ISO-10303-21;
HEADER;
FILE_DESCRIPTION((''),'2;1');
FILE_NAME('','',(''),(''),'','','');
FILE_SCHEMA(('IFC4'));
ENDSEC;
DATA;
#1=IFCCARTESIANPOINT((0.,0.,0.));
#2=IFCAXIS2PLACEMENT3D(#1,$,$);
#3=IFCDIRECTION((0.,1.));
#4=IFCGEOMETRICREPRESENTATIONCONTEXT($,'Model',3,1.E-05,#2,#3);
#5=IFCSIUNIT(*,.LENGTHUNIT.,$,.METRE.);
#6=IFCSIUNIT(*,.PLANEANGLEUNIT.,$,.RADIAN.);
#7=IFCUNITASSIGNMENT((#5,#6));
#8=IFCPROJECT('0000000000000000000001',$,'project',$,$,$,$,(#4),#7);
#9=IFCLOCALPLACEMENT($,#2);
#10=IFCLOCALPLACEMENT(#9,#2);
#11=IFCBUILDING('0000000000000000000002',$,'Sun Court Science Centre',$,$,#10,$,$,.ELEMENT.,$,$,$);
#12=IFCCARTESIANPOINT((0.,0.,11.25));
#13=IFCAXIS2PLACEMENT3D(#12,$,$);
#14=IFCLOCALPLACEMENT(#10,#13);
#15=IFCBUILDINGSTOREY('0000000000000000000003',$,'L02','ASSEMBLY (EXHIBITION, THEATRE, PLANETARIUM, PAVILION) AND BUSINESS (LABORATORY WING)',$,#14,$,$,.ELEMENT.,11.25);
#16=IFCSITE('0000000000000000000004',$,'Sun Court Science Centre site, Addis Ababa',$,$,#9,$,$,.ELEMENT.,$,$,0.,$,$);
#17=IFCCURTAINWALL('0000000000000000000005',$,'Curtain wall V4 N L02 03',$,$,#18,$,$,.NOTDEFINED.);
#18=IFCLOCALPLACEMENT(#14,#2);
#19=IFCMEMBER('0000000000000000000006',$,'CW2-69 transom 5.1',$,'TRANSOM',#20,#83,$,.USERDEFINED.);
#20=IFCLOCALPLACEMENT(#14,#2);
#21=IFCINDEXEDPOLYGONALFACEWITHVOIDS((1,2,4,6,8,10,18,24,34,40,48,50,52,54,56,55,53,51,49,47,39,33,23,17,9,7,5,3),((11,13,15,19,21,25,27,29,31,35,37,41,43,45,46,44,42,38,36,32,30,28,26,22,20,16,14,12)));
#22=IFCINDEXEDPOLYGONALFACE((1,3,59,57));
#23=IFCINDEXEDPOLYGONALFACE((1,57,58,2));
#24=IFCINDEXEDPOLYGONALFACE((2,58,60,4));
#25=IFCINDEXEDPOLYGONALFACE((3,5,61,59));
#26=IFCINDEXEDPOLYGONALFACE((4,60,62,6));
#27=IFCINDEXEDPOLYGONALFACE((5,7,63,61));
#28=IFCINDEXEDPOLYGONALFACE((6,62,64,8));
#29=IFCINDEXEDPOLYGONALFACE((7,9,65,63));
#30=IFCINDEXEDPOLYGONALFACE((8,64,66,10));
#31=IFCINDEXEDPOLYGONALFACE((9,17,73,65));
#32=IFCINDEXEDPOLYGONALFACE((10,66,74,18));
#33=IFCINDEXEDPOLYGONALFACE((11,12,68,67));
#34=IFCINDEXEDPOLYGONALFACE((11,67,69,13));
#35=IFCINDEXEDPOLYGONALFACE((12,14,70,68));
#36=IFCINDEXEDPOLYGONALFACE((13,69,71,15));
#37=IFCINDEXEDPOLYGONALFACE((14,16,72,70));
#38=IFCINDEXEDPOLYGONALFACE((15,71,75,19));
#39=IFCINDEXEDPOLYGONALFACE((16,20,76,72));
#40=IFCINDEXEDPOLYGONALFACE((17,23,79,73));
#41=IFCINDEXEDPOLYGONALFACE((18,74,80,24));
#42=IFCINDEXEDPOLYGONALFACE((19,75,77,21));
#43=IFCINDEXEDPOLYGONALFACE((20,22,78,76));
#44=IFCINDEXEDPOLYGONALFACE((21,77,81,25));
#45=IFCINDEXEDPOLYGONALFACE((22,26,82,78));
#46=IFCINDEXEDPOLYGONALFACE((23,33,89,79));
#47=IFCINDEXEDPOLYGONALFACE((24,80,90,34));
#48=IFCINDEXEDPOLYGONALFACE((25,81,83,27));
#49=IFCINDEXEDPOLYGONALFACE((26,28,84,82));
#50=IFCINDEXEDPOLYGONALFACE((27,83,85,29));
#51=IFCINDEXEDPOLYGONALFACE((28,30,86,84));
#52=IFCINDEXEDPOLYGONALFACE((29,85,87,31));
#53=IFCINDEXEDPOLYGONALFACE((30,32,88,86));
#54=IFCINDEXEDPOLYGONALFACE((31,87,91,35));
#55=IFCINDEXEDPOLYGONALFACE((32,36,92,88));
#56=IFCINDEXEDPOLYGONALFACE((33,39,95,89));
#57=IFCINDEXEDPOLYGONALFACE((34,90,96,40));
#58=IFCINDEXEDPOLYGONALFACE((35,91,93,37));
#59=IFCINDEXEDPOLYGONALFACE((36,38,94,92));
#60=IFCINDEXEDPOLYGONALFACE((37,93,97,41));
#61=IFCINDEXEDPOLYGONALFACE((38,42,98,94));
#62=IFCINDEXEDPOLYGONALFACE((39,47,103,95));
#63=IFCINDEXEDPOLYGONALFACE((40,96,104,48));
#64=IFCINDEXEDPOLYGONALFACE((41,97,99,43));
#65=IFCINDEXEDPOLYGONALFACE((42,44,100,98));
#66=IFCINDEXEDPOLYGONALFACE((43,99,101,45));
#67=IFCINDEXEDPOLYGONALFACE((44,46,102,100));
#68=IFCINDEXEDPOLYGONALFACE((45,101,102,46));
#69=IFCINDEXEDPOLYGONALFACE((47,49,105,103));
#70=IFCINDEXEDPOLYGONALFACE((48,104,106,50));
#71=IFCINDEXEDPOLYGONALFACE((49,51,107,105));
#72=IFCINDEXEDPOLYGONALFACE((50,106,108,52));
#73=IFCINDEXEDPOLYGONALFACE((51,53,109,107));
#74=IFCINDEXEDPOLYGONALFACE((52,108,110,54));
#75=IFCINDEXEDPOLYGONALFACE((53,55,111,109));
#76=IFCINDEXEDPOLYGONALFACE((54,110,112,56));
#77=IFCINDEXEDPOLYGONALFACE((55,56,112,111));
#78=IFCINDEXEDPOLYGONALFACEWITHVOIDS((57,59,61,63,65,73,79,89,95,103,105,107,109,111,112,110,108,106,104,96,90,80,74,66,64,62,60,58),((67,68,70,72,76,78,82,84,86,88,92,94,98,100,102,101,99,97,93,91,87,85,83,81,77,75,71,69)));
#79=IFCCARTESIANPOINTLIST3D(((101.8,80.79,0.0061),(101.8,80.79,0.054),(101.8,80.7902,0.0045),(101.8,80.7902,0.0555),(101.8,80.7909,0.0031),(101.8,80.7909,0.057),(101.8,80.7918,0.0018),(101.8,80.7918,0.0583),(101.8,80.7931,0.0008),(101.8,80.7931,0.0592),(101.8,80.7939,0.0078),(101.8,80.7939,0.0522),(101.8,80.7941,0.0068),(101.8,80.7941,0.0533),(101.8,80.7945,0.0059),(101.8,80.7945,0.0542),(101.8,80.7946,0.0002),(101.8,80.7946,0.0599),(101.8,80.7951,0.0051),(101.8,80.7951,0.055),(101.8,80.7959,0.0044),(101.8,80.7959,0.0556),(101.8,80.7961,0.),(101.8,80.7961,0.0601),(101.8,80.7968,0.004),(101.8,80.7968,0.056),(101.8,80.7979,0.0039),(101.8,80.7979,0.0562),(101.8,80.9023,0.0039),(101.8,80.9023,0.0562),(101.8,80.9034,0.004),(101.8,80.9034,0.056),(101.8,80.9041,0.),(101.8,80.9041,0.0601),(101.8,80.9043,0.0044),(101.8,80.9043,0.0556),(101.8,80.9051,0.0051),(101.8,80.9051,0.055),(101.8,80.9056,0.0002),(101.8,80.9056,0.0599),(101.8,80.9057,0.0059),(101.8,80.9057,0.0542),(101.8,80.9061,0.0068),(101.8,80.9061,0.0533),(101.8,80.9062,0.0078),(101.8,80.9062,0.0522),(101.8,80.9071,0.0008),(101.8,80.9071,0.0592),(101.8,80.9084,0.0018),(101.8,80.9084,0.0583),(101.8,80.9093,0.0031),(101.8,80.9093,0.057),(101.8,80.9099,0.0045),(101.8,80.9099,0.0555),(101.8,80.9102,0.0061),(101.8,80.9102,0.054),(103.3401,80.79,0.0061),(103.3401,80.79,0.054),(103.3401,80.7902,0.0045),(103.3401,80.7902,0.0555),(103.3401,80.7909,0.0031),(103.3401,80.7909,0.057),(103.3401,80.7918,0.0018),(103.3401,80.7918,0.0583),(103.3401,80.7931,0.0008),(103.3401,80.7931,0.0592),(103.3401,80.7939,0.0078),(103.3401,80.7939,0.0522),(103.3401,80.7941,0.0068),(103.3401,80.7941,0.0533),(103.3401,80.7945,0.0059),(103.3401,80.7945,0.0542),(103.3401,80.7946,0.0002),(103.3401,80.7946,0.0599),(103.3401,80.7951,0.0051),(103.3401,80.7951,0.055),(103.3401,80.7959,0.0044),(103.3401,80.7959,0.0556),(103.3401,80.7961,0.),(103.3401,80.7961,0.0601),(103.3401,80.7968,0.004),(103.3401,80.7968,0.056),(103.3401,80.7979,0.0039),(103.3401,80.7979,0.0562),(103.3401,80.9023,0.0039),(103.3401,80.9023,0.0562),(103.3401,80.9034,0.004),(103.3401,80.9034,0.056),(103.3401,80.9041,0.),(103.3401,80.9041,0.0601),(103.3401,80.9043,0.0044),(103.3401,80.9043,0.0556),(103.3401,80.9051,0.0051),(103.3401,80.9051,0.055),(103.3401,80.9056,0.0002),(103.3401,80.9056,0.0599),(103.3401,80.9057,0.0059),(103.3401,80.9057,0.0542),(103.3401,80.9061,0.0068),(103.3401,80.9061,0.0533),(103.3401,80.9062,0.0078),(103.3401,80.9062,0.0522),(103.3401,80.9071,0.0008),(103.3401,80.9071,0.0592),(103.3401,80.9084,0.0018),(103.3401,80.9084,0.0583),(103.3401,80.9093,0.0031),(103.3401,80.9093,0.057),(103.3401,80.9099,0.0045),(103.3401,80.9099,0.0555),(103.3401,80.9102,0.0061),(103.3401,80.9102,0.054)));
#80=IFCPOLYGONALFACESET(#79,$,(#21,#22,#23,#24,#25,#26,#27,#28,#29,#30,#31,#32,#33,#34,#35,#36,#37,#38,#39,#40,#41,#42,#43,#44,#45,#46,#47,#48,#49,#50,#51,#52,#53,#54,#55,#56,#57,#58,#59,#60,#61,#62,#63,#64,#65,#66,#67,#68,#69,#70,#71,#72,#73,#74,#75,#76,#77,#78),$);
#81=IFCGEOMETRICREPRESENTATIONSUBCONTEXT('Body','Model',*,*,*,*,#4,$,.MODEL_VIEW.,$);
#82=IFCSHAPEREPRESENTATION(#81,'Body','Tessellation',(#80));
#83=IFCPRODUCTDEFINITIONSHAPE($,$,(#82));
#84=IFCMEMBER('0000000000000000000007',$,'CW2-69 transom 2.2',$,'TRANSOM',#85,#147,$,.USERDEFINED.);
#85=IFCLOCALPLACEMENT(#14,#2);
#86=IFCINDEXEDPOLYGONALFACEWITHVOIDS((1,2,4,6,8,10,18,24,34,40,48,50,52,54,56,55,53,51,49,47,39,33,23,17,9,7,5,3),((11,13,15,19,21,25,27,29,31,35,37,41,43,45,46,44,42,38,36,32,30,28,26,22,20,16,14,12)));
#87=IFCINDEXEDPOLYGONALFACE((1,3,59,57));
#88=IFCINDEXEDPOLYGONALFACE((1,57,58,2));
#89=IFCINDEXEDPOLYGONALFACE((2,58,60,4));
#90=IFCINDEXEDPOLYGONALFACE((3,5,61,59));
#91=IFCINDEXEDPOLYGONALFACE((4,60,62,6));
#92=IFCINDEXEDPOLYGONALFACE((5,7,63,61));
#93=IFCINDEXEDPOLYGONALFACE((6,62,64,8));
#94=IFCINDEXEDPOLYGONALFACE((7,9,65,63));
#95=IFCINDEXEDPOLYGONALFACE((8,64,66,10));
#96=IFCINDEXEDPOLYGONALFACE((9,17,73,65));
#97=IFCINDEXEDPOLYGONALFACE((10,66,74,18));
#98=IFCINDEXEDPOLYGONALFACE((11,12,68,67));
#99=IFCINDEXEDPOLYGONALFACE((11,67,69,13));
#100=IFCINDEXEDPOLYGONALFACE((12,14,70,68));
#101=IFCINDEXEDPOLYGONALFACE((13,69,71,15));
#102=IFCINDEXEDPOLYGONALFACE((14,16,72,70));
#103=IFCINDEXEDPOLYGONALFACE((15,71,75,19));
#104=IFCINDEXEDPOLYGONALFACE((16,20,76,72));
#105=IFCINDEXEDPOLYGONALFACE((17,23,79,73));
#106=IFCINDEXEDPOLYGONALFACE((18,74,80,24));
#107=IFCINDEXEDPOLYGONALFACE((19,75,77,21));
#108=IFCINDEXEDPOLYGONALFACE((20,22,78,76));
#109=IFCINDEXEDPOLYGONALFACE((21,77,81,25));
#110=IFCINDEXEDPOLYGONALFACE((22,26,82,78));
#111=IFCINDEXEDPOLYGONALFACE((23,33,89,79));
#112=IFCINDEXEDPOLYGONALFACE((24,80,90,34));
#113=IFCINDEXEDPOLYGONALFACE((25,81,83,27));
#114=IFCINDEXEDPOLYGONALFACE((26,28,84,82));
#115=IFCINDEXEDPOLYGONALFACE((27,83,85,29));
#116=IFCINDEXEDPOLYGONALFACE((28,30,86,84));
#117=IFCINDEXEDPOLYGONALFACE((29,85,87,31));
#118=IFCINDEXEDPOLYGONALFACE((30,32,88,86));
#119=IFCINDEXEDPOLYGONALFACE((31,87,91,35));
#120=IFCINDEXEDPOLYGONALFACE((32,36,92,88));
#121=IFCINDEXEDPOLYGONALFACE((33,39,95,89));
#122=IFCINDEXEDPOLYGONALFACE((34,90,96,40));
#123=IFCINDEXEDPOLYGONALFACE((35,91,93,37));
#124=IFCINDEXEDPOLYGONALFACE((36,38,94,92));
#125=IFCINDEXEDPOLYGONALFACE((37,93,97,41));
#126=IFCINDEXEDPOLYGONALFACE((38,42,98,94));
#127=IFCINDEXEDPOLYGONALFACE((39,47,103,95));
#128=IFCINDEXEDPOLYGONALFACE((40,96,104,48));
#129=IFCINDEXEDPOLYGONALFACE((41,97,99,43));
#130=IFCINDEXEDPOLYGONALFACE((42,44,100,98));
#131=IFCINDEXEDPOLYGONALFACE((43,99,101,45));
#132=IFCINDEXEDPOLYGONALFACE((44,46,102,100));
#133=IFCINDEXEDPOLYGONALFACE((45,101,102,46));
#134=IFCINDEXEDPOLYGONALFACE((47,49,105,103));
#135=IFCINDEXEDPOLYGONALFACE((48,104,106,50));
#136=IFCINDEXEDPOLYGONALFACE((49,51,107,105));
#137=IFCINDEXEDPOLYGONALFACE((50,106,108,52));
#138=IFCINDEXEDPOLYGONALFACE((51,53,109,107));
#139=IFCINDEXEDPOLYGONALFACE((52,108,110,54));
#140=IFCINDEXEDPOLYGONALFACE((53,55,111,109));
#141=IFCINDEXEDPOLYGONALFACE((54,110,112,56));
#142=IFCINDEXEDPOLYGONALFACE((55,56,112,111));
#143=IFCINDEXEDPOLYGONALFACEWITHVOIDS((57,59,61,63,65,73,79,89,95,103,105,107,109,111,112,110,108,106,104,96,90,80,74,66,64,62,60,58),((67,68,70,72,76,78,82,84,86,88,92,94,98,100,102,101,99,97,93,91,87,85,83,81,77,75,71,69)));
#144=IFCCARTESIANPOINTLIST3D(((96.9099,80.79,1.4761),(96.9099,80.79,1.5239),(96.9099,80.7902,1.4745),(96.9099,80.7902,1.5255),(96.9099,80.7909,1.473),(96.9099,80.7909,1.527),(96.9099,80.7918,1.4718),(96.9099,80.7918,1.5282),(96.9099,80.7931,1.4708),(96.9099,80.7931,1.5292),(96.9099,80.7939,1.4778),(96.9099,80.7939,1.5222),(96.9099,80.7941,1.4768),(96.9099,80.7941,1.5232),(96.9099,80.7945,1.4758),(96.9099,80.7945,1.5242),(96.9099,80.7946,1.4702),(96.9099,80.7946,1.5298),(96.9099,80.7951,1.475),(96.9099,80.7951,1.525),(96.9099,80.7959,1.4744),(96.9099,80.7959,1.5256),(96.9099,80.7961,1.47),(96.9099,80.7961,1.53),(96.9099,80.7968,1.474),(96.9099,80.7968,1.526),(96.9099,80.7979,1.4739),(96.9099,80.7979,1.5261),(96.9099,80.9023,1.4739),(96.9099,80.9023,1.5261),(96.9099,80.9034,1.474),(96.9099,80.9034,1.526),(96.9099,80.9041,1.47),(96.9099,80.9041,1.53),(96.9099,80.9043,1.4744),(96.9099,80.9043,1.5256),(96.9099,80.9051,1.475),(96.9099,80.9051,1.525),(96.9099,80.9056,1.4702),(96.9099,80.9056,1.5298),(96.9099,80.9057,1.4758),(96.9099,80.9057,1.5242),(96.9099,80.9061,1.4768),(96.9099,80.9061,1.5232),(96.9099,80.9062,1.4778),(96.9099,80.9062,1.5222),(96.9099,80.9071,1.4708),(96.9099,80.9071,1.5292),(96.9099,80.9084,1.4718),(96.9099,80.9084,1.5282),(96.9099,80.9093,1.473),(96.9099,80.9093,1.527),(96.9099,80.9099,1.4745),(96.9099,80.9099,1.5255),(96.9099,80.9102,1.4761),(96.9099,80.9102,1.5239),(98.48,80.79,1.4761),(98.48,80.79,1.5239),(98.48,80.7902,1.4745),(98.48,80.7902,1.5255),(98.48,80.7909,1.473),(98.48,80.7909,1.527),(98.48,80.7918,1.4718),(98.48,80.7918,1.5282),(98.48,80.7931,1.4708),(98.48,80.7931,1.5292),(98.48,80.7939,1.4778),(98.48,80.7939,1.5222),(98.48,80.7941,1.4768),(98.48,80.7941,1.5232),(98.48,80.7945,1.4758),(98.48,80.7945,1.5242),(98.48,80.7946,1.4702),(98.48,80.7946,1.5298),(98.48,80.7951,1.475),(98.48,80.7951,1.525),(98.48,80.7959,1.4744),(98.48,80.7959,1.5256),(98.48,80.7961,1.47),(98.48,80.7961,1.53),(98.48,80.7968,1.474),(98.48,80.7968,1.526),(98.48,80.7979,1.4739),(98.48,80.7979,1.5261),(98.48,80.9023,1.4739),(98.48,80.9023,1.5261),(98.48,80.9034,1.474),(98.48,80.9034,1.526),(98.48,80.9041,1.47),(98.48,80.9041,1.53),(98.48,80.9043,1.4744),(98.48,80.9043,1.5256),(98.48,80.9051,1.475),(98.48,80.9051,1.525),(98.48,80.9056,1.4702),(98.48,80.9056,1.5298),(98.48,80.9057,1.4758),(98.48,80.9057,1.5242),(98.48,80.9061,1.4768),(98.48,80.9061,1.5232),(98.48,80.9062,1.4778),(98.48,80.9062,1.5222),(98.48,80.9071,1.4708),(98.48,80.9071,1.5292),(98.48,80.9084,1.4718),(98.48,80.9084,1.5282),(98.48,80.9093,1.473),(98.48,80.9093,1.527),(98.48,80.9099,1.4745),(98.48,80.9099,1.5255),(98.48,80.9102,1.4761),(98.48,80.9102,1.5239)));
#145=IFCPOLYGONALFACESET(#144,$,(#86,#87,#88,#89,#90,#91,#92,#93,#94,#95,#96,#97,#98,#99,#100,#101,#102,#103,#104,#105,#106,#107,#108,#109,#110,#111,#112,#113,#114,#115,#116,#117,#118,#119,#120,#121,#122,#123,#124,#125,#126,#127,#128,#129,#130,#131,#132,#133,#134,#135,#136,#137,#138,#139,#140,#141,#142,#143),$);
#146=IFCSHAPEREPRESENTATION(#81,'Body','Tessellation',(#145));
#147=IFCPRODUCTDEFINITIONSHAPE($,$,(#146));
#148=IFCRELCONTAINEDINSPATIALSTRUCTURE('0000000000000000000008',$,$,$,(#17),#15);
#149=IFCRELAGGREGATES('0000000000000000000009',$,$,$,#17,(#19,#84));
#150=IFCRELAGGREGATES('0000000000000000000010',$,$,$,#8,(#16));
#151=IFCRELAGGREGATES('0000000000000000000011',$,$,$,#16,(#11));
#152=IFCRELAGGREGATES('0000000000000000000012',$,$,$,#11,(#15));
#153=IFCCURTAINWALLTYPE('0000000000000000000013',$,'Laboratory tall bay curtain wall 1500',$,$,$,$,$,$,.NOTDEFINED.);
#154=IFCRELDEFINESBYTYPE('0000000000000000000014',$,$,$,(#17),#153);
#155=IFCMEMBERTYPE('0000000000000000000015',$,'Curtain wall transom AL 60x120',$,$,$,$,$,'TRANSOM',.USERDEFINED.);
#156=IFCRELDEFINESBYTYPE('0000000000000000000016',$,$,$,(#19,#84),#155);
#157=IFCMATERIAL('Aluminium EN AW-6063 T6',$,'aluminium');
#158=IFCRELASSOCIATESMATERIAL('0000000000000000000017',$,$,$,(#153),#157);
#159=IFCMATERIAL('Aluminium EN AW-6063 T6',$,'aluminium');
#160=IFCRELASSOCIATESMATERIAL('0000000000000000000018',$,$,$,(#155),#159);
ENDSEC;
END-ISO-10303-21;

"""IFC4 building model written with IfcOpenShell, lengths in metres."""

from ifc_helpers import new_model, si_unit, direction, frame, origin, origin_2d, place, context, subcontext, project, spatial, hollow_rectangle, extrude, material, material_profile, profile_set, type_object, element, aggregate, save


model = new_model("IFC4")

# Units and contexts
model_context = context("Model", 3, precision=1e-05, world=origin(), true_north=direction((0.0, 1.0)))
body_context = subcontext(model_context, "Body", "Model", "MODEL_VIEW")
ifc_project = project(units=[si_unit("LENGTHUNIT", "METRE"), si_unit("PLANEANGLEUNIT", "RADIAN")], contexts=[model_context])

# Site, building, storey
site_placement = place(None, origin())
site = spatial("IfcSite", under=ifc_project, at=site_placement, Name="Sun Court Science Centre site, Addis Ababa", CompositionType="ELEMENT", RefElevation=0.0)
building_placement = place(site_placement, origin())
building = spatial("IfcBuilding", under=site, at=building_placement, Name="Sun Court Science Centre", CompositionType="ELEMENT")
storey_placement = place(building_placement, frame((0.0, 0.0, 11.25)))
storey = spatial("IfcBuildingStorey", under=building, at=storey_placement, Name="L02", Description="ASSEMBLY (EXHIBITION, THEATRE, PLANETARIUM, PAVILION) AND BUSINESS (LABORATORY WING)", CompositionType="ELEMENT", Elevation=11.25)

# Curtain wall, members
ifc_material_1 = material(Name="Aluminium EN AW-6063 T6", Category="aluminium")
curtain_wall_type = type_object("IfcCurtainWallType", Name="Laboratory tall bay curtain wall 1500", PredefinedType="NOTDEFINED", material=ifc_material_1)
curtain_wall_placement = place(storey_placement, origin())
curtain_wall = element("IfcCurtainWall", 1, at=curtain_wall_placement, inside=storey, type_object=curtain_wall_type, Name="Curtain wall V4 N L02 03", PredefinedType="NOTDEFINED")
ifc_material_2 = material(Name="Aluminium EN AW-6063 T6", Category="aluminium")
ifc_material_profile_1 = material_profile(ifc_material_2, hollow_rectangle(XDim=0.0601, YDim=0.1201, WallThickness=0.0039, InnerFilletRadius=0.0039, OuterFilletRadius=0.0061, at=origin_2d()), Name="AL 60x120x4")
ifc_profile_set_1 = profile_set([ifc_material_profile_1], Name="Aluminium EN AW-6063 T6")
member_type_1 = type_object("IfcMemberType", Name="Curtain wall transom AL 60x120", ElementType="TRANSOM", PredefinedType="USERDEFINED", material=ifc_profile_set_1)
member_1_placement = place(storey_placement, frame((101.8, 80.8501, 0.03), z_axis=(1.0, 0.0, 0.0), x_axis=(0.0, 0.0, 1.0)))
member_1 = element("IfcMember", 2, at=member_1_placement, type_object=member_type_1, Name="CW2-69 transom 5.1", ObjectType="TRANSOM", PredefinedType="USERDEFINED", context=body_context, shape_type="SweptSolid", body=[
    extrude(hollow_rectangle(XDim=0.0601, YDim=0.1201, WallThickness=0.0039, InnerFilletRadius=0.0039, OuterFilletRadius=0.0061, at=origin_2d()), origin(), (0.0, 0.0, 1.0), 1.54),
])
member_2_placement = place(storey_placement, frame((96.9099, 80.8501, 1.5), z_axis=(1.0, 0.0, 0.0), x_axis=(0.0, 0.0, 1.0)))
member_2 = element("IfcMember", 3, at=member_2_placement, type_object=member_type_1, Name="CW2-69 transom 2.2", ObjectType="TRANSOM", PredefinedType="USERDEFINED", context=body_context, shape_type="SweptSolid", body=[
    extrude(hollow_rectangle(XDim=0.0601, YDim=0.1201, WallThickness=0.0039, InnerFilletRadius=0.0039, OuterFilletRadius=0.0061, at=origin_2d()), origin(), (0.0, 0.0, 1.0), 1.5701),
])
aggregate(curtain_wall, [member_1, member_2])

save(model, "model.ifc")
